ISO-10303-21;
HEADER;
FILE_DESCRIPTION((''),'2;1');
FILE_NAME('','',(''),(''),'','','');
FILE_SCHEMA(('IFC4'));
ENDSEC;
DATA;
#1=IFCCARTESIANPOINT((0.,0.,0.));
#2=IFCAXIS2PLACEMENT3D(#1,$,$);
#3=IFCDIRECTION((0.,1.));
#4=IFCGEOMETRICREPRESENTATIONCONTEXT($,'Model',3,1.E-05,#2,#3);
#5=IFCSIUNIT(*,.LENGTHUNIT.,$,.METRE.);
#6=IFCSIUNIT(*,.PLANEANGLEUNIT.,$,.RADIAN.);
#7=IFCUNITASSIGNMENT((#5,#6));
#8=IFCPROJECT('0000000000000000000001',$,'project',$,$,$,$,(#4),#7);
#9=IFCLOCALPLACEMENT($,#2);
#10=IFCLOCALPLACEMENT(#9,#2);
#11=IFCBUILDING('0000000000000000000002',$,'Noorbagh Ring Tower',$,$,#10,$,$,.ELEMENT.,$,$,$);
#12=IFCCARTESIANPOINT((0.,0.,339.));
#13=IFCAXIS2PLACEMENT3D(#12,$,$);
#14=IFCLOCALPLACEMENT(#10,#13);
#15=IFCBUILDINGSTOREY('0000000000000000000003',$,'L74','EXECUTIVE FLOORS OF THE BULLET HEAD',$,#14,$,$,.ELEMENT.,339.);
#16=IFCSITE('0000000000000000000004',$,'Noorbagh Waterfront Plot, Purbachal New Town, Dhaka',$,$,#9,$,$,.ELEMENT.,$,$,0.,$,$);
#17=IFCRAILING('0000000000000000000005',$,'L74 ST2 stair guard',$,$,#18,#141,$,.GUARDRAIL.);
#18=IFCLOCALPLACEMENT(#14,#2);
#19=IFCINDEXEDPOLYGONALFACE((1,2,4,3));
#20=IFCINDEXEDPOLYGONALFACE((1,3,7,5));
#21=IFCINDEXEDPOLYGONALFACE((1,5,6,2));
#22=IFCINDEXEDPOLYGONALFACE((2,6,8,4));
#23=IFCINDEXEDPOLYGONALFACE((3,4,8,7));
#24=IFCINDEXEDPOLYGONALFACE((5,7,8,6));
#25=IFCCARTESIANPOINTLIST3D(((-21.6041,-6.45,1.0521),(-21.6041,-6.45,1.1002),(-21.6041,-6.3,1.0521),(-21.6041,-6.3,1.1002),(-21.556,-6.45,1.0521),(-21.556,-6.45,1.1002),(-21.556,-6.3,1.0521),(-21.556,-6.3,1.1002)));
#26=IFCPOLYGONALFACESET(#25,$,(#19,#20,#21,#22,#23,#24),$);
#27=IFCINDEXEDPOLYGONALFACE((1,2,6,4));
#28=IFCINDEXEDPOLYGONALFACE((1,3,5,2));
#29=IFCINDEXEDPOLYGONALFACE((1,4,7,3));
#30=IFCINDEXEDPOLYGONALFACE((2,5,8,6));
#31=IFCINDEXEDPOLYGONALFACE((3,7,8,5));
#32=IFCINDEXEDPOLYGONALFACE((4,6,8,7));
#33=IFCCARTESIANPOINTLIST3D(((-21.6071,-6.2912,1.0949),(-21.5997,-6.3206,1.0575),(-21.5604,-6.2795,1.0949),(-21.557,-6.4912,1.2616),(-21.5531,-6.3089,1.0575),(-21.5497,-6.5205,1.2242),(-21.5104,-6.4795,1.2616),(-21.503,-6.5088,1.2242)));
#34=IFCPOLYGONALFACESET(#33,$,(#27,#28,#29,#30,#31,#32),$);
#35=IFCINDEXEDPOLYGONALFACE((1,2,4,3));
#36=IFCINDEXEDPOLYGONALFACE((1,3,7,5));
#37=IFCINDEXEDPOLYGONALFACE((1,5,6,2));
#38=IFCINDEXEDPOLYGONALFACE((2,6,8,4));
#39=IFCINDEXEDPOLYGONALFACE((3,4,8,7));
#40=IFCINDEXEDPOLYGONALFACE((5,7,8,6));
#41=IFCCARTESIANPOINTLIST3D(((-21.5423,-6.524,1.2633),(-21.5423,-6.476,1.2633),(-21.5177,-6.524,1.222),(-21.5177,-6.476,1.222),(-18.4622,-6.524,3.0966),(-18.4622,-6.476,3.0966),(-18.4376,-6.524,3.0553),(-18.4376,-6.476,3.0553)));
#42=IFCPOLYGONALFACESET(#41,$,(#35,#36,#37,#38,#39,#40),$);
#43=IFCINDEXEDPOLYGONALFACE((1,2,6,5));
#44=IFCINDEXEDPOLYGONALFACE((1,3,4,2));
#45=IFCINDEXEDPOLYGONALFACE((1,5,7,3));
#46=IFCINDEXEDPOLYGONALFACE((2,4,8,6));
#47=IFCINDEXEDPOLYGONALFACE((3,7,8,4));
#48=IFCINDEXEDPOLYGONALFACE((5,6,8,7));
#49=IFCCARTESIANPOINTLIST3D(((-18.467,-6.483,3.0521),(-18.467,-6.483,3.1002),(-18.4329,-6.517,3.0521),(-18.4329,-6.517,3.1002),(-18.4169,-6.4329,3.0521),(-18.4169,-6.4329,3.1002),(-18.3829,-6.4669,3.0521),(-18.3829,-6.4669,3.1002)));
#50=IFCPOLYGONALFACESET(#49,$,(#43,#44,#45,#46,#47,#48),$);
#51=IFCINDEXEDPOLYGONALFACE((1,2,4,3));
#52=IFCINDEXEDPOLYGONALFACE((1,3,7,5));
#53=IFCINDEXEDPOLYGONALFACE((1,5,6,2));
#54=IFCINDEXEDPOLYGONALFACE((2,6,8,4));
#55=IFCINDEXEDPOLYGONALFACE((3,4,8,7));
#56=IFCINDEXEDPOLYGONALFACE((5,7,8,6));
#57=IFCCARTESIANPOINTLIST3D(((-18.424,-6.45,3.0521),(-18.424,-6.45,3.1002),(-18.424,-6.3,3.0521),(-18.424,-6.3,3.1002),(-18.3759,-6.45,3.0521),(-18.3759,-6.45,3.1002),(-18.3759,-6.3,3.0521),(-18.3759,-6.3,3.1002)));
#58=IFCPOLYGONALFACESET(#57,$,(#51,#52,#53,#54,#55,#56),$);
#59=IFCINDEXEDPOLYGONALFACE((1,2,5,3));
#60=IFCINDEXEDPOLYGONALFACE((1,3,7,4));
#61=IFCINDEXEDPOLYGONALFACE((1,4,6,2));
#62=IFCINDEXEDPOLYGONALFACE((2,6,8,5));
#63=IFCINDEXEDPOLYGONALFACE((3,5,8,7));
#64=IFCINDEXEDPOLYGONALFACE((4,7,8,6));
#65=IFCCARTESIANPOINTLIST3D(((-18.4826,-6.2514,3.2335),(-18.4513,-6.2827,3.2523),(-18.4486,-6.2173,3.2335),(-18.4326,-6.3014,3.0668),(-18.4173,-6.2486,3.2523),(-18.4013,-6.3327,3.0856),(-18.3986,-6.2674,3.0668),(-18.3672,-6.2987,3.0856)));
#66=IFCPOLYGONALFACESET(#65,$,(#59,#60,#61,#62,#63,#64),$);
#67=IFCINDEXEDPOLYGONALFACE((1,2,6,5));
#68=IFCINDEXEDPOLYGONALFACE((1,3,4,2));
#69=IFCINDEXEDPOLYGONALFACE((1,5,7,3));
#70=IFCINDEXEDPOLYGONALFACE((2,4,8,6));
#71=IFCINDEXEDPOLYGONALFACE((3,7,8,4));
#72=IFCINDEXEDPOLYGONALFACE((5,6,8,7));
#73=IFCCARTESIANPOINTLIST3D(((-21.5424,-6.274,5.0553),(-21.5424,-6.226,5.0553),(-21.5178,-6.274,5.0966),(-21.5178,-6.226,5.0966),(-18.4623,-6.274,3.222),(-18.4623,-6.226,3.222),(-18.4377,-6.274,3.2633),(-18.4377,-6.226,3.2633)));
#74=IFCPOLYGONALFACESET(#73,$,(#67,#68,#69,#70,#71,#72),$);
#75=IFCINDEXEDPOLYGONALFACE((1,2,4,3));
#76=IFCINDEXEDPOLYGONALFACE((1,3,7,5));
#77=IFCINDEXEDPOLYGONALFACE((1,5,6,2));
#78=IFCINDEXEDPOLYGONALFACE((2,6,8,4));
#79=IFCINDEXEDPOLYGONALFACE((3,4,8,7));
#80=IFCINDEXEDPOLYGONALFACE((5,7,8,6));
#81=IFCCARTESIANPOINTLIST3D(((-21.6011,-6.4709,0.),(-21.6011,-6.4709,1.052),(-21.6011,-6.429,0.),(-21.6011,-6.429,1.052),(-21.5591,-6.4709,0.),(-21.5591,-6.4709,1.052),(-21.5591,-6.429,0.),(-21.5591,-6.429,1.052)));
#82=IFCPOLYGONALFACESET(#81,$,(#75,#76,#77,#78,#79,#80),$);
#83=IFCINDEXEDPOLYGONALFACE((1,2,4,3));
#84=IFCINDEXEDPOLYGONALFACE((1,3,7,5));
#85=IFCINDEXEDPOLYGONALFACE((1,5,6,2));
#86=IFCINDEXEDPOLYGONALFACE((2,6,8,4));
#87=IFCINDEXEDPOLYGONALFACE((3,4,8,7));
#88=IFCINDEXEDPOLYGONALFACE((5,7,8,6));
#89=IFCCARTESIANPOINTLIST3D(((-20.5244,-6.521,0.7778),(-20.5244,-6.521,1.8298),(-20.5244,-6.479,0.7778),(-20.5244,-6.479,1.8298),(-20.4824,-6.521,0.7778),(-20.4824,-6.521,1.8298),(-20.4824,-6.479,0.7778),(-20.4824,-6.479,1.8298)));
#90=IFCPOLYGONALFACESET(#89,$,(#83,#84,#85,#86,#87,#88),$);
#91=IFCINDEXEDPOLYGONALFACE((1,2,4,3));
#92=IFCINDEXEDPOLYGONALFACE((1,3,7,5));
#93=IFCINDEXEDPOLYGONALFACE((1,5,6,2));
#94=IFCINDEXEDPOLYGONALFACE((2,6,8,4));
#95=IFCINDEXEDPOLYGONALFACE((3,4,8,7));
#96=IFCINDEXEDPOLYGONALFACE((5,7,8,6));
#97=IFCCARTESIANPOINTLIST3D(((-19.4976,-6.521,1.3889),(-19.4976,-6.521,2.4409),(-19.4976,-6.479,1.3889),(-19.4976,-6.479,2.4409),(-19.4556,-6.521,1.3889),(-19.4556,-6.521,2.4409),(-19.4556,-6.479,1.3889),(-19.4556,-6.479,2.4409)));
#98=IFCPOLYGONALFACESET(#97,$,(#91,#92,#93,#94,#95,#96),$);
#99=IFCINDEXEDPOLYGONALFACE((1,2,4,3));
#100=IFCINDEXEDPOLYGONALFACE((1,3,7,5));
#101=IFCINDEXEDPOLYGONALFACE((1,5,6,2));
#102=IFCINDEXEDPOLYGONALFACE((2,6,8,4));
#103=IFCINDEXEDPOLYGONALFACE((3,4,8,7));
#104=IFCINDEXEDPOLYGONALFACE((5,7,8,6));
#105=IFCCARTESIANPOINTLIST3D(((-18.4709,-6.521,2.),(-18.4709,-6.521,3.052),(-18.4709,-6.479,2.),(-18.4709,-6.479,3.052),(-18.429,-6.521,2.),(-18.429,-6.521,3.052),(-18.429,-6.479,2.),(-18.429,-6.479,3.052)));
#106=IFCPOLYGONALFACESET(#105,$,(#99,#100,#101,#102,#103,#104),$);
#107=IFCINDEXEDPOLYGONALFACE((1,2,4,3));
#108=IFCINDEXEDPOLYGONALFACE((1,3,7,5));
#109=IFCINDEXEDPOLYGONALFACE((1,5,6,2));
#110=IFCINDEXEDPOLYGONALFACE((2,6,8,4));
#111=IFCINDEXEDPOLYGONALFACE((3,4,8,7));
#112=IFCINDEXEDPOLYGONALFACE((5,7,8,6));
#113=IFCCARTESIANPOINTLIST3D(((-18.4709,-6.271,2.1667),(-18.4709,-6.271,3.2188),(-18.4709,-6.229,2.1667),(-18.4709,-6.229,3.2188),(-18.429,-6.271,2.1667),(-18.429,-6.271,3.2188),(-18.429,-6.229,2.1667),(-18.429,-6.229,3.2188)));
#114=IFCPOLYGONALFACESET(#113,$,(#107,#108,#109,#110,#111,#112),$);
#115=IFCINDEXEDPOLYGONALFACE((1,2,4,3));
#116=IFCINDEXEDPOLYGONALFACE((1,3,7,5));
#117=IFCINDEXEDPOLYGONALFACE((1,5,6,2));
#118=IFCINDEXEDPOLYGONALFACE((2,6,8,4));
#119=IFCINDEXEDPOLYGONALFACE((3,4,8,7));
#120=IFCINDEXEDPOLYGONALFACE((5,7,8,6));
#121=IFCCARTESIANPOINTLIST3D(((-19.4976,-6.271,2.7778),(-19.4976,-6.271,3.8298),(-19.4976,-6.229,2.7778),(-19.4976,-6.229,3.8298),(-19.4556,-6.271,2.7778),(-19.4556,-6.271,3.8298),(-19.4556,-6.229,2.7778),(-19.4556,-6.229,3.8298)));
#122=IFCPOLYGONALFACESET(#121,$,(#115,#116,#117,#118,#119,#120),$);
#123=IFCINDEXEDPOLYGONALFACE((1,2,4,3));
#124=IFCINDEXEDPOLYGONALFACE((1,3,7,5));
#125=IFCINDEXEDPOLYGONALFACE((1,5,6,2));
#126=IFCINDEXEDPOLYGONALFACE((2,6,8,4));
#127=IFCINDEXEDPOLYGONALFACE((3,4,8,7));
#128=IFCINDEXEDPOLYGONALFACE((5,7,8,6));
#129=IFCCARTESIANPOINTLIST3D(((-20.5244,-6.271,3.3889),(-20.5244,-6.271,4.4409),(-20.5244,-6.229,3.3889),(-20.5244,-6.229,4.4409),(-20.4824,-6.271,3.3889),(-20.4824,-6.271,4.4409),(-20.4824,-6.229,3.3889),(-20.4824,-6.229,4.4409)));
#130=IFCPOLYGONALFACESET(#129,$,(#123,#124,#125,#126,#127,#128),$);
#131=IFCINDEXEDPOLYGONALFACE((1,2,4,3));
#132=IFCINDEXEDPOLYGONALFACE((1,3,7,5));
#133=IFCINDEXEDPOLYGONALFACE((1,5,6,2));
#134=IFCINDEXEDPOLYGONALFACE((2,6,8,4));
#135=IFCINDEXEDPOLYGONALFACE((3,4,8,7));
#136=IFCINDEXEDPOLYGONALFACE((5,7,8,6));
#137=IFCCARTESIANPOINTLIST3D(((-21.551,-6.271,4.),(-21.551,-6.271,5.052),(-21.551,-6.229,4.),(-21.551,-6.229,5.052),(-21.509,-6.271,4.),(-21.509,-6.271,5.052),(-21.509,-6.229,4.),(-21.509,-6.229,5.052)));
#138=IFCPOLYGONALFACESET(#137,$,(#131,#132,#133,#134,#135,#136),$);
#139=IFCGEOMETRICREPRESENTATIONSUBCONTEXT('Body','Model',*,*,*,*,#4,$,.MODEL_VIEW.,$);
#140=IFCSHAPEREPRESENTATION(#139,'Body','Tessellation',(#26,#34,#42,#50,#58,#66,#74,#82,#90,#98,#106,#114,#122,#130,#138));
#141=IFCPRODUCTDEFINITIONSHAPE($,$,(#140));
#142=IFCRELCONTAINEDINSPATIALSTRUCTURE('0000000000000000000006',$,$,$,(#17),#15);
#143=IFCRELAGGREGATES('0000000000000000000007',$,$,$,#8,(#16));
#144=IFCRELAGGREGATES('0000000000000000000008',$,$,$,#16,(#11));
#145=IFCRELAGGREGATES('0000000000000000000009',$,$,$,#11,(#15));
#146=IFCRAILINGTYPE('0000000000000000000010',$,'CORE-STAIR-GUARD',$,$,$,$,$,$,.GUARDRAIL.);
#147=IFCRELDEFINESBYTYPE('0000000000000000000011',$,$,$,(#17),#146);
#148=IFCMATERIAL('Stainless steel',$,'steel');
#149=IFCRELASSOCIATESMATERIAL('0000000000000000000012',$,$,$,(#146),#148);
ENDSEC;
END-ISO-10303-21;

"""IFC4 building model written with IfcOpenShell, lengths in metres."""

from ifc_helpers import new_model, si_unit, direction, frame, origin, origin_2d, place, context, subcontext, project, spatial, rectangle, extrude, material, type_object, element, save


model = new_model("IFC4")

# Units and contexts
model_context = context("Model", 3, precision=1e-05, world=origin(), true_north=direction((0.0, 1.0)))
body_context = subcontext(model_context, "Body", "Model", "MODEL_VIEW")
ifc_project = project(units=[si_unit("LENGTHUNIT", "METRE"), si_unit("PLANEANGLEUNIT", "RADIAN")], contexts=[model_context])

# Site, building, storey
site_placement = place(None, origin())
site = spatial("IfcSite", under=ifc_project, at=site_placement, Name="Noorbagh Waterfront Plot, Purbachal New Town, Dhaka", CompositionType="ELEMENT", RefElevation=0.0)
building_placement = place(site_placement, origin())
building = spatial("IfcBuilding", under=site, at=building_placement, Name="Noorbagh Ring Tower", CompositionType="ELEMENT")
storey_placement = place(building_placement, frame((0.0, 0.0, 339.0)))
storey = spatial("IfcBuildingStorey", under=building, at=storey_placement, Name="L74", Description="EXECUTIVE FLOORS OF THE BULLET HEAD", CompositionType="ELEMENT", Elevation=339.0)

# Railing
ifc_material_1 = material(Name="Stainless steel", Category="steel")
railing_type_1 = type_object("IfcRailingType", Name="CORE-STAIR-GUARD", PredefinedType="GUARDRAIL", material=ifc_material_1)
railing_1_placement = place(storey_placement, frame((-21.5801, -6.45, 0.0)))
element("IfcRailing", 1, at=railing_1_placement, inside=storey, type_object=railing_type_1, Name="L74 ST2 stair guard", PredefinedType="GUARDRAIL", context=body_context, shape_type="SweptSolid", body=[
    extrude(rectangle(XDim=0.0481, YDim=0.0481, at=origin_2d()), frame((0.0, 0.0, 1.0762), z_axis=(0.0, 1.0, 0.0), x_axis=(-1.0, 0.0, 0.0)), (0.0, 0.0, 1.0), 0.1499),
    extrude(rectangle(XDim=0.0481, YDim=0.0481, at=origin_2d()), frame((0.0, 0.1499, 1.0762), z_axis=(0.188776, -0.754182, 0.628946), x_axis=(0.970073, 0.242814, 0.0)), (0.0, 0.0, 1.0), 0.2651),
    extrude(rectangle(XDim=0.0481, YDim=0.0481, at=origin_2d()), frame((0.05, -0.05, 1.2427), z_axis=(0.859309, 0.0, 0.511458), x_axis=(0.0, 1.0, 0.0)), (0.0, 0.0, 1.0), 3.5845),
    extrude(rectangle(XDim=0.0481, YDim=0.0481, at=origin_2d()), frame((3.1301, -0.05, 3.0762), z_axis=(0.707107, 0.707107, 0.0), x_axis=(-0.707107, 0.707107, 0.0)), (0.0, 0.0, 1.0), 0.0708),
    extrude(rectangle(XDim=0.0481, YDim=0.0481, at=origin_2d()), frame((3.1802, 0.0, 3.0762), z_axis=(0.0, 1.0, 0.0), x_axis=(-1.0, 0.0, 0.0)), (0.0, 0.0, 1.0), 0.1499),
    extrude(rectangle(XDim=0.0481, YDim=0.0481, at=origin_2d()), frame((3.1802, 0.1499, 3.0762), z_axis=(-0.276287, 0.276287, 0.920506), x_axis=(-0.707107, -0.707107, 0.0)), (0.0, 0.0, 1.0), 0.1812),
    extrude(rectangle(XDim=0.0481, YDim=0.0481, at=origin_2d()), frame((3.1301, 0.2, 3.2427), z_axis=(-0.859309, 0.0, 0.511458), x_axis=(0.0, -1.0, 0.0)), (0.0, 0.0, 1.0), 3.5845),
    extrude(rectangle(XDim=0.042, YDim=0.042, at=origin_2d()), origin(), (0.0, 0.0, 1.0), 1.052),
    extrude(rectangle(XDim=0.042, YDim=0.042, at=origin_2d()), frame((1.0767, -0.05, 0.7778)), (0.0, 0.0, 1.0), 1.052),
    extrude(rectangle(XDim=0.042, YDim=0.042, at=origin_2d()), frame((2.1035, -0.05, 1.3889)), (0.0, 0.0, 1.0), 1.052),
    extrude(rectangle(XDim=0.042, YDim=0.042, at=origin_2d()), frame((3.1301, -0.05, 2.0)), (0.0, 0.0, 1.0), 1.052),
    extrude(rectangle(XDim=0.042, YDim=0.042, at=origin_2d()), frame((3.1301, 0.2, 2.1667)), (0.0, 0.0, 1.0), 1.052),
    extrude(rectangle(XDim=0.042, YDim=0.042, at=origin_2d()), frame((2.1035, 0.2, 2.7778)), (0.0, 0.0, 1.0), 1.052),
    extrude(rectangle(XDim=0.042, YDim=0.042, at=origin_2d()), frame((1.0767, 0.2, 3.3889)), (0.0, 0.0, 1.0), 1.052),
    extrude(rectangle(XDim=0.042, YDim=0.042, at=origin_2d()), frame((0.05, 0.2, 4.0)), (0.0, 0.0, 1.0), 1.052),
])

save(model, "model.ifc")
